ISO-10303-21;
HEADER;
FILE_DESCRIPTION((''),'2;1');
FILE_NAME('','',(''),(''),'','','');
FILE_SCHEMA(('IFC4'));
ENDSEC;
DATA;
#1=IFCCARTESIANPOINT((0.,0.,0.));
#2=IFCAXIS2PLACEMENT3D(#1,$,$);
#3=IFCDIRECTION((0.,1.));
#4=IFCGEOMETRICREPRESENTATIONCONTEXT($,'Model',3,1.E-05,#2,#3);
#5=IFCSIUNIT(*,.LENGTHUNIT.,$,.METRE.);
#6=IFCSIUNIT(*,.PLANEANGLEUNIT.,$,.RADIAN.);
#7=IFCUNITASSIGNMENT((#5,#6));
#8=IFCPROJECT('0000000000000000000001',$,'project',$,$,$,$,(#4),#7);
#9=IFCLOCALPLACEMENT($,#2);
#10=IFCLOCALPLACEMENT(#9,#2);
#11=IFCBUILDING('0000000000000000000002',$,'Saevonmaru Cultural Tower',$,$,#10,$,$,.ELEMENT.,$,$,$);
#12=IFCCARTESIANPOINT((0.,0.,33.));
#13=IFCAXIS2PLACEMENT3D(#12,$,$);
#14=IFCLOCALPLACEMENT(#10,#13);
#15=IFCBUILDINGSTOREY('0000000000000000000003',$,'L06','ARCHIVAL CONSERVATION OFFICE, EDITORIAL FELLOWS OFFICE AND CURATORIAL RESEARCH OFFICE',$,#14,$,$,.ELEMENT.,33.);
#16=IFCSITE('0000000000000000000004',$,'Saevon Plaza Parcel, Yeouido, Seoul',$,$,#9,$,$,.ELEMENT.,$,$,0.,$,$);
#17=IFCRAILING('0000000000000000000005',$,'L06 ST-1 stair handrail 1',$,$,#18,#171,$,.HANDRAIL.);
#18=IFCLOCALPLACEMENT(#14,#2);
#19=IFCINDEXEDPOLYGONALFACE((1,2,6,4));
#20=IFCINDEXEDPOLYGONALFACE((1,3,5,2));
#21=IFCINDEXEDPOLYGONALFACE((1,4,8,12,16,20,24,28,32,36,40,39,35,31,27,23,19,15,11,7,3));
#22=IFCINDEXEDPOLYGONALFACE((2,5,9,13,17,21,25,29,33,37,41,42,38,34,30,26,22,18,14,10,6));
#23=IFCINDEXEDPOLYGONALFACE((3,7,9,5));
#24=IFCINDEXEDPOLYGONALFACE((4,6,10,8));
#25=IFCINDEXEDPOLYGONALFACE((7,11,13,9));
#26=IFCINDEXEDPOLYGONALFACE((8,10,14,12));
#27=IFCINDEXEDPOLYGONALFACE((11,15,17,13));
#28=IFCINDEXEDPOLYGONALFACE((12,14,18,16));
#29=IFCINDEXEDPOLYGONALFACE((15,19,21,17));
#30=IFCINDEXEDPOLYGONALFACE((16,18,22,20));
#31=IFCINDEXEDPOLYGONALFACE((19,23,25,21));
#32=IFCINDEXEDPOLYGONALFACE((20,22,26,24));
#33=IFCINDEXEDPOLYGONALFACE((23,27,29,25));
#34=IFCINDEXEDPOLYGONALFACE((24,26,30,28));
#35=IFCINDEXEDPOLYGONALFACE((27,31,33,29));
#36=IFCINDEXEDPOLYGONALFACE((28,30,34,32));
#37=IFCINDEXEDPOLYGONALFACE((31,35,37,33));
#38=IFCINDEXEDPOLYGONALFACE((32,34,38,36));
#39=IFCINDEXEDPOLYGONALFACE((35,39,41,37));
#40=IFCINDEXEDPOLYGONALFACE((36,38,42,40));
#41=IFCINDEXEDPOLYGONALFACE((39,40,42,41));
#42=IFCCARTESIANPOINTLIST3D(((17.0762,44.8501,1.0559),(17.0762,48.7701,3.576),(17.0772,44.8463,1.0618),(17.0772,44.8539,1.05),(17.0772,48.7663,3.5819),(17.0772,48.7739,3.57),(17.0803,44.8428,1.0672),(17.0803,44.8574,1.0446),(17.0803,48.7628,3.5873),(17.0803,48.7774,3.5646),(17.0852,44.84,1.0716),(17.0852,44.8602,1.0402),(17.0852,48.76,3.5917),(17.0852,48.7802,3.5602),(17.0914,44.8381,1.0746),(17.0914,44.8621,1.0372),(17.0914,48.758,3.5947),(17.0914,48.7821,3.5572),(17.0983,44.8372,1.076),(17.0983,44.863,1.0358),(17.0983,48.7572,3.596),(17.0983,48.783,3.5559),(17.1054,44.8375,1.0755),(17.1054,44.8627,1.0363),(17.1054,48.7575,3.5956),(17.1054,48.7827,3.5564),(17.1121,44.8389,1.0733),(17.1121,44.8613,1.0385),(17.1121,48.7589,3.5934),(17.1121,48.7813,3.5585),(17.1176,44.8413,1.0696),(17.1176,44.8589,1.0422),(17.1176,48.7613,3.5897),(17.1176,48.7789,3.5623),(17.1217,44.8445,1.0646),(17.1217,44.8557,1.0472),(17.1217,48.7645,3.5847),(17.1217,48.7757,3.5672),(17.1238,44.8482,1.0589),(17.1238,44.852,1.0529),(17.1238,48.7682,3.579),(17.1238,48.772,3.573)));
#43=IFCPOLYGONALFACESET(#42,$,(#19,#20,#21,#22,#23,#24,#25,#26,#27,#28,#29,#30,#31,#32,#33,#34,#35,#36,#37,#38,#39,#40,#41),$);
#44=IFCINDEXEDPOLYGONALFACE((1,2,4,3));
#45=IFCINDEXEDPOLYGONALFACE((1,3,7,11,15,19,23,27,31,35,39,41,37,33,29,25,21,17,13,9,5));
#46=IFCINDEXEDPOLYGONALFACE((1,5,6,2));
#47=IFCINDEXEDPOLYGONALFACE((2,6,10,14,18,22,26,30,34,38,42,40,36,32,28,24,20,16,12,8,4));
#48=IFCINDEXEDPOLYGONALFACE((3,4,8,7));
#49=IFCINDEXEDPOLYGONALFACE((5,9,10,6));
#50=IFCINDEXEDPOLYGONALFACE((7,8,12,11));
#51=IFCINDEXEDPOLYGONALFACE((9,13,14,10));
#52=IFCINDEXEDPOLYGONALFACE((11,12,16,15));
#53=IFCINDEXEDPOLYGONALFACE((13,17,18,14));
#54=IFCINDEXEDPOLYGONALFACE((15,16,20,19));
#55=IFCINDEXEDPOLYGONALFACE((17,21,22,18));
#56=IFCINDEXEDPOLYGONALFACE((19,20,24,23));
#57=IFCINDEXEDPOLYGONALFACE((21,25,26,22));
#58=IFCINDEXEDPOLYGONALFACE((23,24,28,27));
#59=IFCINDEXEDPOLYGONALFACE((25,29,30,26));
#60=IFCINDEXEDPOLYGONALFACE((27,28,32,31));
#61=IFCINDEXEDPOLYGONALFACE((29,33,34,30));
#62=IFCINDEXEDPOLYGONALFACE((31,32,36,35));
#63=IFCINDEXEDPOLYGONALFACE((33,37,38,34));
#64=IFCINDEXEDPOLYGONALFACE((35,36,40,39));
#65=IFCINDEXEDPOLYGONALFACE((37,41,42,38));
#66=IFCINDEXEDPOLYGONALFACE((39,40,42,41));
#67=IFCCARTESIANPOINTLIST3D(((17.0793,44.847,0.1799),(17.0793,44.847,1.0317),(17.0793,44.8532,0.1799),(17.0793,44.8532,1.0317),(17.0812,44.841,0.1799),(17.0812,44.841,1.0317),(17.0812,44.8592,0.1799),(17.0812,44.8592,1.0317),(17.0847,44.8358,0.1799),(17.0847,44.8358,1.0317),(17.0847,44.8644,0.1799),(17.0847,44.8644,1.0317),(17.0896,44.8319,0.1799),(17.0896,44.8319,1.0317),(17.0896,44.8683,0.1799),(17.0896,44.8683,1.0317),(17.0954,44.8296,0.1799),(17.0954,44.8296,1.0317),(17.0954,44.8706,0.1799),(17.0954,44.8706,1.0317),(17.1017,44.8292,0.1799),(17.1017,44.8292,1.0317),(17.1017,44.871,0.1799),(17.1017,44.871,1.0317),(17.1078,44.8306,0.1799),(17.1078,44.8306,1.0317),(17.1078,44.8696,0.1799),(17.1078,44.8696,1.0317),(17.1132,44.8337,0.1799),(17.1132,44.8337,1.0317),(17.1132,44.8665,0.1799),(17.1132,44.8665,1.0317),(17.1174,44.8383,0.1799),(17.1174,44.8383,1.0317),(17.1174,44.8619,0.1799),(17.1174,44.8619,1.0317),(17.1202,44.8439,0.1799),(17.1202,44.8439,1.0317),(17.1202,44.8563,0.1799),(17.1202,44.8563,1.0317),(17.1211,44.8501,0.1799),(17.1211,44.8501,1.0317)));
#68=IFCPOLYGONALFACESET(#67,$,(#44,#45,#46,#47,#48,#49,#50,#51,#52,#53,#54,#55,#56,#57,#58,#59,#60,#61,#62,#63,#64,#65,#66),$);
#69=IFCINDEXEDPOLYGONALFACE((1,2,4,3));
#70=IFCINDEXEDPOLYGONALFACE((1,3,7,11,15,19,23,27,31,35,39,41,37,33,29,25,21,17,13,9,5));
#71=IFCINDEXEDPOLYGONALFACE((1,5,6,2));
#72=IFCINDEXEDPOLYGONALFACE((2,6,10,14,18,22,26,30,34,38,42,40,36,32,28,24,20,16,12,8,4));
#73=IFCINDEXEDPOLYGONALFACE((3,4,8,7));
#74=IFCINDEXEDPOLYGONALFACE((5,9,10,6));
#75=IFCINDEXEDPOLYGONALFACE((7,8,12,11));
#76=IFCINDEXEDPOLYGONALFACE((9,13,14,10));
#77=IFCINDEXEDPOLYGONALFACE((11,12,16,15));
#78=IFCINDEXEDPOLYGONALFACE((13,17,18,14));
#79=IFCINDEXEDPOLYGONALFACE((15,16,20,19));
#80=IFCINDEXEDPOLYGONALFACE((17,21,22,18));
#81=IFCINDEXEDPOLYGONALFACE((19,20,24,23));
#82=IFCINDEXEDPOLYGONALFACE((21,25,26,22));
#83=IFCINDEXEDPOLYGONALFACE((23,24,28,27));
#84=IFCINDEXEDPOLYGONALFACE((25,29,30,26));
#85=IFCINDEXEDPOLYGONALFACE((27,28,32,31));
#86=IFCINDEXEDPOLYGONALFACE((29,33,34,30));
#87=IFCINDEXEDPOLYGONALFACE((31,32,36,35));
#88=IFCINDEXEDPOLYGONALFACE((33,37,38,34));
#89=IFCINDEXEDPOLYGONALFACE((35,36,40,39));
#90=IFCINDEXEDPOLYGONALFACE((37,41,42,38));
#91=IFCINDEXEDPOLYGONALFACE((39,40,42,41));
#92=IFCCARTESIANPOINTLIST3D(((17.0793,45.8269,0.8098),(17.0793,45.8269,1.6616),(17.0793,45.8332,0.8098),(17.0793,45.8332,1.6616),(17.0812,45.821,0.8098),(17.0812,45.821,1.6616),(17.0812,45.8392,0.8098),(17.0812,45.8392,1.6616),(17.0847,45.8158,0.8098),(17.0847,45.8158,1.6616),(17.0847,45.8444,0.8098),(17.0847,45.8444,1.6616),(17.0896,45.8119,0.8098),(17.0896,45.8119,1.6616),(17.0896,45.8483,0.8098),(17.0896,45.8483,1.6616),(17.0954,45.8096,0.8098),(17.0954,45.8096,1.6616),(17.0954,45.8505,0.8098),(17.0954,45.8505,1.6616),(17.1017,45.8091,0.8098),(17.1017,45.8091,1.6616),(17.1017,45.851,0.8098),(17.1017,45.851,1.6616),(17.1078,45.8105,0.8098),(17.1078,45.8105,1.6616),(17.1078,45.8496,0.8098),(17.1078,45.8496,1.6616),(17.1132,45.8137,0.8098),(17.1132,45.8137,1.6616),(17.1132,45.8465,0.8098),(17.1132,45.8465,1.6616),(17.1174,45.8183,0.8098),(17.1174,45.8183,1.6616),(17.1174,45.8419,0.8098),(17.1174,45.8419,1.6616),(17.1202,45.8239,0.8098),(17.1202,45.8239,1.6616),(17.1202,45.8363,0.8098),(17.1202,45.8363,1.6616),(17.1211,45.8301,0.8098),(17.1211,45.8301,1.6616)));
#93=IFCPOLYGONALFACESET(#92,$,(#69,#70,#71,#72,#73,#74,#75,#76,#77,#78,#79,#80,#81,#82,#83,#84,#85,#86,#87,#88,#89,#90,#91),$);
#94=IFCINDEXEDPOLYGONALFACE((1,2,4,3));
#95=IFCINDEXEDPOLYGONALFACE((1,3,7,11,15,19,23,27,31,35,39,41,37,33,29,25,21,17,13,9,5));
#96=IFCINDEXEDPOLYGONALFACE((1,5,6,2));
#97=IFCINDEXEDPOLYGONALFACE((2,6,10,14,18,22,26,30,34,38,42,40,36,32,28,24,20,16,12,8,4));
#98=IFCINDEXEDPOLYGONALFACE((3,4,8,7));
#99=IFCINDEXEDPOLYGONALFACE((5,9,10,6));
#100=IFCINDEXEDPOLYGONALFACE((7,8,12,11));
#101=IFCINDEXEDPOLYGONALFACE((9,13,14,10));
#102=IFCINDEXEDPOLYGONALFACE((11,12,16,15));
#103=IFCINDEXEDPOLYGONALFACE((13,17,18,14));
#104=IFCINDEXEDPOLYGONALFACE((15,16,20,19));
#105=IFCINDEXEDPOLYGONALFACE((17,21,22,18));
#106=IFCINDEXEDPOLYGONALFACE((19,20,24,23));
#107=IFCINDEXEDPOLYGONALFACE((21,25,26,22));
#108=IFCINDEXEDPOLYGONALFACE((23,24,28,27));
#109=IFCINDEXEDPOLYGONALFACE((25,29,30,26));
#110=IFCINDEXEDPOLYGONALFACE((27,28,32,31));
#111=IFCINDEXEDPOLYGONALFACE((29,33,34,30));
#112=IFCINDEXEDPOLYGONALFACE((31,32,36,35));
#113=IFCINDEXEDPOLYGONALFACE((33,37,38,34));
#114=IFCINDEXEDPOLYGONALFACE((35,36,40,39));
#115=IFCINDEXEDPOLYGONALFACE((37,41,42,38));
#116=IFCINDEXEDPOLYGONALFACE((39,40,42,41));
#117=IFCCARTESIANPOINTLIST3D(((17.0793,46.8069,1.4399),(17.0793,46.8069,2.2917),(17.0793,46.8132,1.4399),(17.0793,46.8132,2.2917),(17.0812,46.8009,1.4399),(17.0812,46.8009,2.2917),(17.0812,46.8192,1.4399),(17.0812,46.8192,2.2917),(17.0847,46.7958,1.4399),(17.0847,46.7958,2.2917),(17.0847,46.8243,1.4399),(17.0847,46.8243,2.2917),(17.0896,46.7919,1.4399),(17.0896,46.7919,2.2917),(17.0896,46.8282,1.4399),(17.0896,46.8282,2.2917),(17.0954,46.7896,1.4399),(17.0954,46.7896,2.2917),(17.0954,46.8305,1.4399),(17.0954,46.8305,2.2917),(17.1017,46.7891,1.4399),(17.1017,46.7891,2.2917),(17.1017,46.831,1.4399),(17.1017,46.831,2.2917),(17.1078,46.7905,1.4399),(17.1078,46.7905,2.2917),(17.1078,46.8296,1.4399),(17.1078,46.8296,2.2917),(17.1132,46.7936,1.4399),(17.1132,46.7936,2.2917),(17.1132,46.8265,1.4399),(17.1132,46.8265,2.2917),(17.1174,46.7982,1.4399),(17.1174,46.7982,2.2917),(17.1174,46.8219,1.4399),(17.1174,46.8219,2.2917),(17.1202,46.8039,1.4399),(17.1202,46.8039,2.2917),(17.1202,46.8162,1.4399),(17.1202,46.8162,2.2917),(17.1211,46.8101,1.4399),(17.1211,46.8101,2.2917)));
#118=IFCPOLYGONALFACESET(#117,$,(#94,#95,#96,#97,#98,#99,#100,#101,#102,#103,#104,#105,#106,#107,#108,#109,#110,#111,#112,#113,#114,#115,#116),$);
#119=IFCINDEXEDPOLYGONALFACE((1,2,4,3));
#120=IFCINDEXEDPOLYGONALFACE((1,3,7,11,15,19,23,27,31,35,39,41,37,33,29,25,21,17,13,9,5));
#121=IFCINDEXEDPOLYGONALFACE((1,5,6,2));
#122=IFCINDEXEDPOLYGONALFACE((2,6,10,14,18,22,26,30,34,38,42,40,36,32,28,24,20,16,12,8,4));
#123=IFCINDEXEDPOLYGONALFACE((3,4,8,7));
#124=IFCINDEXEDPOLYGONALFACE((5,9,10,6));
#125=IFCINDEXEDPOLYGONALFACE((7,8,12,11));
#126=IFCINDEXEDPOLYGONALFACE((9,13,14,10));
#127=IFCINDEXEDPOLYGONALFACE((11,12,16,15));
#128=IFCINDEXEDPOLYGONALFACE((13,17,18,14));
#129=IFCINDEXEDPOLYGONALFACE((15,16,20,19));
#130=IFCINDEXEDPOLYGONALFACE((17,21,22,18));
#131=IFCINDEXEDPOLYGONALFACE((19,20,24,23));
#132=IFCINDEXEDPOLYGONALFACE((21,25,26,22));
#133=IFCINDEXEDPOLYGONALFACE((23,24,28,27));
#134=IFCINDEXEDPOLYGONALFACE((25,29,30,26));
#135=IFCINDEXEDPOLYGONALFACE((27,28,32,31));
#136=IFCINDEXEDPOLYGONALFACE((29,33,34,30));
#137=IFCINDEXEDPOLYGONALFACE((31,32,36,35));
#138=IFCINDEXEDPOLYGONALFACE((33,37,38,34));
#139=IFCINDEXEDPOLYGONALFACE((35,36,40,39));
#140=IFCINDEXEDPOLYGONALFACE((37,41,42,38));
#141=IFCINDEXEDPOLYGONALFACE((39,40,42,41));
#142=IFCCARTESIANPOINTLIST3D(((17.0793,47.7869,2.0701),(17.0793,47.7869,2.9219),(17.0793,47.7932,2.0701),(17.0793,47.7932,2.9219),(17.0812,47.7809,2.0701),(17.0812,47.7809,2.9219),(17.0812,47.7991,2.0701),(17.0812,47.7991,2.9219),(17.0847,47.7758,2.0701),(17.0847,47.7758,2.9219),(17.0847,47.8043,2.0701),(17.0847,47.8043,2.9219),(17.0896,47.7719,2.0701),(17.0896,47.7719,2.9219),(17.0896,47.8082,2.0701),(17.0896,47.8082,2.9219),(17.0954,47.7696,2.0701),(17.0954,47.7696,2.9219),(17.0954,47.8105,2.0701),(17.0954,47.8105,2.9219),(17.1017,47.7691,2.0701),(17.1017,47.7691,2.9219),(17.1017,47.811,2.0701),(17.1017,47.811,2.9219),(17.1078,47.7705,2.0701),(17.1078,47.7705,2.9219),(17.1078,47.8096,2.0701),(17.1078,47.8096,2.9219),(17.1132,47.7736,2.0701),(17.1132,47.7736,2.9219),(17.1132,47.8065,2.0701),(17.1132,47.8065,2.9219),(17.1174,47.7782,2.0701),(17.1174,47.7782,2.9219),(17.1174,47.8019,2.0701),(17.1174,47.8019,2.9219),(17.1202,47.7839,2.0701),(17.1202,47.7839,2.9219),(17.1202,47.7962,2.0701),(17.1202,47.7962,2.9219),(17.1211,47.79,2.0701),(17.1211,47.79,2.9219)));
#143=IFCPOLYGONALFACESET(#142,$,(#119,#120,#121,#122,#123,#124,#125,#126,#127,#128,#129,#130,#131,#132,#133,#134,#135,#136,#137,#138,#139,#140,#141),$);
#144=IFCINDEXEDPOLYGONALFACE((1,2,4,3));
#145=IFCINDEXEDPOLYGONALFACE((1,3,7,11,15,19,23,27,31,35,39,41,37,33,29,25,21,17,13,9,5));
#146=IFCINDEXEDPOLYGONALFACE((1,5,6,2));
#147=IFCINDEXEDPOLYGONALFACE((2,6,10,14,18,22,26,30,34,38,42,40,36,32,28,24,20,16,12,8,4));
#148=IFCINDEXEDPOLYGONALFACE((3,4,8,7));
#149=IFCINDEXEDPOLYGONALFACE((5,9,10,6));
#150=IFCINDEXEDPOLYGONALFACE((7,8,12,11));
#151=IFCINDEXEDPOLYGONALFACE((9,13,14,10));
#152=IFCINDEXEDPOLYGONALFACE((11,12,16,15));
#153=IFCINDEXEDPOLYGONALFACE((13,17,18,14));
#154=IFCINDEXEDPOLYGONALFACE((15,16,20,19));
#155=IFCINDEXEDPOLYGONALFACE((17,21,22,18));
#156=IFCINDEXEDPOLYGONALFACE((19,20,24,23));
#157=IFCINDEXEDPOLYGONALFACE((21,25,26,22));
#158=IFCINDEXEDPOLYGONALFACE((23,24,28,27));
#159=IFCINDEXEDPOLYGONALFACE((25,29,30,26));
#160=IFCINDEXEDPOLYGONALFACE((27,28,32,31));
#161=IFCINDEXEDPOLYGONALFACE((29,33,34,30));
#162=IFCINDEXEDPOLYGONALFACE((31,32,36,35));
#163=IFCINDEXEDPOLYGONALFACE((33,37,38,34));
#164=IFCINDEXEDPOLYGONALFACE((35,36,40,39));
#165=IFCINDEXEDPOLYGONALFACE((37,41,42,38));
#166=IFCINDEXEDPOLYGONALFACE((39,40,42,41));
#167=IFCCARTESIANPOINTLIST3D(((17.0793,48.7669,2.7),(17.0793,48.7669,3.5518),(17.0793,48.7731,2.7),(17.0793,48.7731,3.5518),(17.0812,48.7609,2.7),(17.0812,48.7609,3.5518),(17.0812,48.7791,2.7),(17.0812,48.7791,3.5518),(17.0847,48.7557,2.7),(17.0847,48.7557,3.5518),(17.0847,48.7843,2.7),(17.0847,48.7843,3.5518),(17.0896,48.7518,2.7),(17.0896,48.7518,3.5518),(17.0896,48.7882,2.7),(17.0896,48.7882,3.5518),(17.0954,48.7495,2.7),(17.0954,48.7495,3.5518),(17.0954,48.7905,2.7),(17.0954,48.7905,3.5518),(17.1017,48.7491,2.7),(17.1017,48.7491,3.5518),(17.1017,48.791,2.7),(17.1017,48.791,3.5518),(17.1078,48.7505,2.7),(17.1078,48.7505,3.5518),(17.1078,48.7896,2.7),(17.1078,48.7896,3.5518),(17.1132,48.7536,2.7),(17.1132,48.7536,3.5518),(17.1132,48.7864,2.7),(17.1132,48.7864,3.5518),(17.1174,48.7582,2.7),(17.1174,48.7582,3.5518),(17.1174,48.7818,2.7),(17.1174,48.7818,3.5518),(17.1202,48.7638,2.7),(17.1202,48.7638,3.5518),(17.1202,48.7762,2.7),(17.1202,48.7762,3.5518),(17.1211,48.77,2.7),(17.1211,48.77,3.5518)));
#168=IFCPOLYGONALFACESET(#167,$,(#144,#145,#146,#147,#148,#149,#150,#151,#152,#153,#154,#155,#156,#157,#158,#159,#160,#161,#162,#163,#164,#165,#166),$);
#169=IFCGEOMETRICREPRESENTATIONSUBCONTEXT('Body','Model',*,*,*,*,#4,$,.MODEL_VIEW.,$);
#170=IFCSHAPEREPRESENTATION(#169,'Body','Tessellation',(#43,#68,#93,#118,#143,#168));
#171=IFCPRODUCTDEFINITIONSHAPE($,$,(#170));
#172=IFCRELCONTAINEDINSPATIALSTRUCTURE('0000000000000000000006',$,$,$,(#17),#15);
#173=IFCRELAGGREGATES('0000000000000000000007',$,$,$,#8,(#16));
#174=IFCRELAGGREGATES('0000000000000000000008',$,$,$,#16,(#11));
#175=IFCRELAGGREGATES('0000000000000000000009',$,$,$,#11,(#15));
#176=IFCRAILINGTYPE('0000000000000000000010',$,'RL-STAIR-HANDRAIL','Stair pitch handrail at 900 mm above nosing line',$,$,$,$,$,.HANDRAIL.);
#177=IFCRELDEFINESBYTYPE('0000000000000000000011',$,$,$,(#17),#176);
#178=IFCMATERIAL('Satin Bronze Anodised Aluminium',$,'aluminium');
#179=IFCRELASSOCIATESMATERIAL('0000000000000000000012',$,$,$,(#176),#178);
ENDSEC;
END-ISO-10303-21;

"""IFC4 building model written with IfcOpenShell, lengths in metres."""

from ifc_helpers import new_model, si_unit, direction, frame, origin, origin_2d, place, context, subcontext, project, spatial, circle, extrude, material, type_object, element, save


model = new_model("IFC4")

# Units and contexts
model_context = context("Model", 3, precision=1e-05, world=origin(), true_north=direction((0.0, 1.0)))
body_context = subcontext(model_context, "Body", "Model", "MODEL_VIEW")
ifc_project = project(units=[si_unit("LENGTHUNIT", "METRE"), si_unit("PLANEANGLEUNIT", "RADIAN")], contexts=[model_context])

# Site, building, storey
site_placement = place(None, origin())
site = spatial("IfcSite", under=ifc_project, at=site_placement, Name="Saevon Plaza Parcel, Yeouido, Seoul", CompositionType="ELEMENT", RefElevation=0.0)
building_placement = place(site_placement, origin())
building = spatial("IfcBuilding", under=site, at=building_placement, Name="Saevonmaru Cultural Tower", CompositionType="ELEMENT")
storey_placement = place(building_placement, frame((0.0, 0.0, 33.0)))
storey = spatial("IfcBuildingStorey", under=building, at=storey_placement, Name="L06", Description="ARCHIVAL CONSERVATION OFFICE, EDITORIAL FELLOWS OFFICE AND CURATORIAL RESEARCH OFFICE", CompositionType="ELEMENT", Elevation=33.0)

# Shared definitions
ifc_material_1 = material(Name="Satin Bronze Anodised Aluminium", Category="aluminium")

# Railing
railing_type_1 = type_object("IfcRailingType", Name="RL-STAIR-HANDRAIL", Description="Stair pitch handrail at 900 mm above nosing line", PredefinedType="HANDRAIL", material=ifc_material_1)
railing_1_placement = place(storey_placement, frame((17.1001, 44.8501, 0.1799)))
element("IfcRailing", 1, at=railing_1_placement, inside=storey, type_object=railing_type_1, Name="L06 ST-1 stair handrail 1", PredefinedType="HANDRAIL", context=body_context, shape_type="SweptSolid", body=[
    extrude(circle(Radius=0.0239, at=origin_2d()), frame((0.0, 0.0, 0.876), z_axis=(0.0, 0.841172, 0.540768), x_axis=(-1.0, 0.0, 0.0)), (0.0, 0.0, 1.0), 4.6602),
    extrude(circle(Radius=0.021, at=origin_2d()), origin(), (0.0, 0.0, 1.0), 0.8518),
    extrude(circle(Radius=0.021, at=origin_2d()), frame((0.0, 0.98, 0.6299)), (0.0, 0.0, 1.0), 0.8518),
    extrude(circle(Radius=0.021, at=origin_2d()), frame((0.0, 1.96, 1.26)), (0.0, 0.0, 1.0), 0.8518),
    extrude(circle(Radius=0.021, at=origin_2d()), frame((0.0, 2.9399, 1.8901)), (0.0, 0.0, 1.0), 0.8518),
    extrude(circle(Radius=0.021, at=origin_2d()), frame((0.0, 3.9199, 2.52)), (0.0, 0.0, 1.0), 0.8518),
])

save(model, "model.ifc")
